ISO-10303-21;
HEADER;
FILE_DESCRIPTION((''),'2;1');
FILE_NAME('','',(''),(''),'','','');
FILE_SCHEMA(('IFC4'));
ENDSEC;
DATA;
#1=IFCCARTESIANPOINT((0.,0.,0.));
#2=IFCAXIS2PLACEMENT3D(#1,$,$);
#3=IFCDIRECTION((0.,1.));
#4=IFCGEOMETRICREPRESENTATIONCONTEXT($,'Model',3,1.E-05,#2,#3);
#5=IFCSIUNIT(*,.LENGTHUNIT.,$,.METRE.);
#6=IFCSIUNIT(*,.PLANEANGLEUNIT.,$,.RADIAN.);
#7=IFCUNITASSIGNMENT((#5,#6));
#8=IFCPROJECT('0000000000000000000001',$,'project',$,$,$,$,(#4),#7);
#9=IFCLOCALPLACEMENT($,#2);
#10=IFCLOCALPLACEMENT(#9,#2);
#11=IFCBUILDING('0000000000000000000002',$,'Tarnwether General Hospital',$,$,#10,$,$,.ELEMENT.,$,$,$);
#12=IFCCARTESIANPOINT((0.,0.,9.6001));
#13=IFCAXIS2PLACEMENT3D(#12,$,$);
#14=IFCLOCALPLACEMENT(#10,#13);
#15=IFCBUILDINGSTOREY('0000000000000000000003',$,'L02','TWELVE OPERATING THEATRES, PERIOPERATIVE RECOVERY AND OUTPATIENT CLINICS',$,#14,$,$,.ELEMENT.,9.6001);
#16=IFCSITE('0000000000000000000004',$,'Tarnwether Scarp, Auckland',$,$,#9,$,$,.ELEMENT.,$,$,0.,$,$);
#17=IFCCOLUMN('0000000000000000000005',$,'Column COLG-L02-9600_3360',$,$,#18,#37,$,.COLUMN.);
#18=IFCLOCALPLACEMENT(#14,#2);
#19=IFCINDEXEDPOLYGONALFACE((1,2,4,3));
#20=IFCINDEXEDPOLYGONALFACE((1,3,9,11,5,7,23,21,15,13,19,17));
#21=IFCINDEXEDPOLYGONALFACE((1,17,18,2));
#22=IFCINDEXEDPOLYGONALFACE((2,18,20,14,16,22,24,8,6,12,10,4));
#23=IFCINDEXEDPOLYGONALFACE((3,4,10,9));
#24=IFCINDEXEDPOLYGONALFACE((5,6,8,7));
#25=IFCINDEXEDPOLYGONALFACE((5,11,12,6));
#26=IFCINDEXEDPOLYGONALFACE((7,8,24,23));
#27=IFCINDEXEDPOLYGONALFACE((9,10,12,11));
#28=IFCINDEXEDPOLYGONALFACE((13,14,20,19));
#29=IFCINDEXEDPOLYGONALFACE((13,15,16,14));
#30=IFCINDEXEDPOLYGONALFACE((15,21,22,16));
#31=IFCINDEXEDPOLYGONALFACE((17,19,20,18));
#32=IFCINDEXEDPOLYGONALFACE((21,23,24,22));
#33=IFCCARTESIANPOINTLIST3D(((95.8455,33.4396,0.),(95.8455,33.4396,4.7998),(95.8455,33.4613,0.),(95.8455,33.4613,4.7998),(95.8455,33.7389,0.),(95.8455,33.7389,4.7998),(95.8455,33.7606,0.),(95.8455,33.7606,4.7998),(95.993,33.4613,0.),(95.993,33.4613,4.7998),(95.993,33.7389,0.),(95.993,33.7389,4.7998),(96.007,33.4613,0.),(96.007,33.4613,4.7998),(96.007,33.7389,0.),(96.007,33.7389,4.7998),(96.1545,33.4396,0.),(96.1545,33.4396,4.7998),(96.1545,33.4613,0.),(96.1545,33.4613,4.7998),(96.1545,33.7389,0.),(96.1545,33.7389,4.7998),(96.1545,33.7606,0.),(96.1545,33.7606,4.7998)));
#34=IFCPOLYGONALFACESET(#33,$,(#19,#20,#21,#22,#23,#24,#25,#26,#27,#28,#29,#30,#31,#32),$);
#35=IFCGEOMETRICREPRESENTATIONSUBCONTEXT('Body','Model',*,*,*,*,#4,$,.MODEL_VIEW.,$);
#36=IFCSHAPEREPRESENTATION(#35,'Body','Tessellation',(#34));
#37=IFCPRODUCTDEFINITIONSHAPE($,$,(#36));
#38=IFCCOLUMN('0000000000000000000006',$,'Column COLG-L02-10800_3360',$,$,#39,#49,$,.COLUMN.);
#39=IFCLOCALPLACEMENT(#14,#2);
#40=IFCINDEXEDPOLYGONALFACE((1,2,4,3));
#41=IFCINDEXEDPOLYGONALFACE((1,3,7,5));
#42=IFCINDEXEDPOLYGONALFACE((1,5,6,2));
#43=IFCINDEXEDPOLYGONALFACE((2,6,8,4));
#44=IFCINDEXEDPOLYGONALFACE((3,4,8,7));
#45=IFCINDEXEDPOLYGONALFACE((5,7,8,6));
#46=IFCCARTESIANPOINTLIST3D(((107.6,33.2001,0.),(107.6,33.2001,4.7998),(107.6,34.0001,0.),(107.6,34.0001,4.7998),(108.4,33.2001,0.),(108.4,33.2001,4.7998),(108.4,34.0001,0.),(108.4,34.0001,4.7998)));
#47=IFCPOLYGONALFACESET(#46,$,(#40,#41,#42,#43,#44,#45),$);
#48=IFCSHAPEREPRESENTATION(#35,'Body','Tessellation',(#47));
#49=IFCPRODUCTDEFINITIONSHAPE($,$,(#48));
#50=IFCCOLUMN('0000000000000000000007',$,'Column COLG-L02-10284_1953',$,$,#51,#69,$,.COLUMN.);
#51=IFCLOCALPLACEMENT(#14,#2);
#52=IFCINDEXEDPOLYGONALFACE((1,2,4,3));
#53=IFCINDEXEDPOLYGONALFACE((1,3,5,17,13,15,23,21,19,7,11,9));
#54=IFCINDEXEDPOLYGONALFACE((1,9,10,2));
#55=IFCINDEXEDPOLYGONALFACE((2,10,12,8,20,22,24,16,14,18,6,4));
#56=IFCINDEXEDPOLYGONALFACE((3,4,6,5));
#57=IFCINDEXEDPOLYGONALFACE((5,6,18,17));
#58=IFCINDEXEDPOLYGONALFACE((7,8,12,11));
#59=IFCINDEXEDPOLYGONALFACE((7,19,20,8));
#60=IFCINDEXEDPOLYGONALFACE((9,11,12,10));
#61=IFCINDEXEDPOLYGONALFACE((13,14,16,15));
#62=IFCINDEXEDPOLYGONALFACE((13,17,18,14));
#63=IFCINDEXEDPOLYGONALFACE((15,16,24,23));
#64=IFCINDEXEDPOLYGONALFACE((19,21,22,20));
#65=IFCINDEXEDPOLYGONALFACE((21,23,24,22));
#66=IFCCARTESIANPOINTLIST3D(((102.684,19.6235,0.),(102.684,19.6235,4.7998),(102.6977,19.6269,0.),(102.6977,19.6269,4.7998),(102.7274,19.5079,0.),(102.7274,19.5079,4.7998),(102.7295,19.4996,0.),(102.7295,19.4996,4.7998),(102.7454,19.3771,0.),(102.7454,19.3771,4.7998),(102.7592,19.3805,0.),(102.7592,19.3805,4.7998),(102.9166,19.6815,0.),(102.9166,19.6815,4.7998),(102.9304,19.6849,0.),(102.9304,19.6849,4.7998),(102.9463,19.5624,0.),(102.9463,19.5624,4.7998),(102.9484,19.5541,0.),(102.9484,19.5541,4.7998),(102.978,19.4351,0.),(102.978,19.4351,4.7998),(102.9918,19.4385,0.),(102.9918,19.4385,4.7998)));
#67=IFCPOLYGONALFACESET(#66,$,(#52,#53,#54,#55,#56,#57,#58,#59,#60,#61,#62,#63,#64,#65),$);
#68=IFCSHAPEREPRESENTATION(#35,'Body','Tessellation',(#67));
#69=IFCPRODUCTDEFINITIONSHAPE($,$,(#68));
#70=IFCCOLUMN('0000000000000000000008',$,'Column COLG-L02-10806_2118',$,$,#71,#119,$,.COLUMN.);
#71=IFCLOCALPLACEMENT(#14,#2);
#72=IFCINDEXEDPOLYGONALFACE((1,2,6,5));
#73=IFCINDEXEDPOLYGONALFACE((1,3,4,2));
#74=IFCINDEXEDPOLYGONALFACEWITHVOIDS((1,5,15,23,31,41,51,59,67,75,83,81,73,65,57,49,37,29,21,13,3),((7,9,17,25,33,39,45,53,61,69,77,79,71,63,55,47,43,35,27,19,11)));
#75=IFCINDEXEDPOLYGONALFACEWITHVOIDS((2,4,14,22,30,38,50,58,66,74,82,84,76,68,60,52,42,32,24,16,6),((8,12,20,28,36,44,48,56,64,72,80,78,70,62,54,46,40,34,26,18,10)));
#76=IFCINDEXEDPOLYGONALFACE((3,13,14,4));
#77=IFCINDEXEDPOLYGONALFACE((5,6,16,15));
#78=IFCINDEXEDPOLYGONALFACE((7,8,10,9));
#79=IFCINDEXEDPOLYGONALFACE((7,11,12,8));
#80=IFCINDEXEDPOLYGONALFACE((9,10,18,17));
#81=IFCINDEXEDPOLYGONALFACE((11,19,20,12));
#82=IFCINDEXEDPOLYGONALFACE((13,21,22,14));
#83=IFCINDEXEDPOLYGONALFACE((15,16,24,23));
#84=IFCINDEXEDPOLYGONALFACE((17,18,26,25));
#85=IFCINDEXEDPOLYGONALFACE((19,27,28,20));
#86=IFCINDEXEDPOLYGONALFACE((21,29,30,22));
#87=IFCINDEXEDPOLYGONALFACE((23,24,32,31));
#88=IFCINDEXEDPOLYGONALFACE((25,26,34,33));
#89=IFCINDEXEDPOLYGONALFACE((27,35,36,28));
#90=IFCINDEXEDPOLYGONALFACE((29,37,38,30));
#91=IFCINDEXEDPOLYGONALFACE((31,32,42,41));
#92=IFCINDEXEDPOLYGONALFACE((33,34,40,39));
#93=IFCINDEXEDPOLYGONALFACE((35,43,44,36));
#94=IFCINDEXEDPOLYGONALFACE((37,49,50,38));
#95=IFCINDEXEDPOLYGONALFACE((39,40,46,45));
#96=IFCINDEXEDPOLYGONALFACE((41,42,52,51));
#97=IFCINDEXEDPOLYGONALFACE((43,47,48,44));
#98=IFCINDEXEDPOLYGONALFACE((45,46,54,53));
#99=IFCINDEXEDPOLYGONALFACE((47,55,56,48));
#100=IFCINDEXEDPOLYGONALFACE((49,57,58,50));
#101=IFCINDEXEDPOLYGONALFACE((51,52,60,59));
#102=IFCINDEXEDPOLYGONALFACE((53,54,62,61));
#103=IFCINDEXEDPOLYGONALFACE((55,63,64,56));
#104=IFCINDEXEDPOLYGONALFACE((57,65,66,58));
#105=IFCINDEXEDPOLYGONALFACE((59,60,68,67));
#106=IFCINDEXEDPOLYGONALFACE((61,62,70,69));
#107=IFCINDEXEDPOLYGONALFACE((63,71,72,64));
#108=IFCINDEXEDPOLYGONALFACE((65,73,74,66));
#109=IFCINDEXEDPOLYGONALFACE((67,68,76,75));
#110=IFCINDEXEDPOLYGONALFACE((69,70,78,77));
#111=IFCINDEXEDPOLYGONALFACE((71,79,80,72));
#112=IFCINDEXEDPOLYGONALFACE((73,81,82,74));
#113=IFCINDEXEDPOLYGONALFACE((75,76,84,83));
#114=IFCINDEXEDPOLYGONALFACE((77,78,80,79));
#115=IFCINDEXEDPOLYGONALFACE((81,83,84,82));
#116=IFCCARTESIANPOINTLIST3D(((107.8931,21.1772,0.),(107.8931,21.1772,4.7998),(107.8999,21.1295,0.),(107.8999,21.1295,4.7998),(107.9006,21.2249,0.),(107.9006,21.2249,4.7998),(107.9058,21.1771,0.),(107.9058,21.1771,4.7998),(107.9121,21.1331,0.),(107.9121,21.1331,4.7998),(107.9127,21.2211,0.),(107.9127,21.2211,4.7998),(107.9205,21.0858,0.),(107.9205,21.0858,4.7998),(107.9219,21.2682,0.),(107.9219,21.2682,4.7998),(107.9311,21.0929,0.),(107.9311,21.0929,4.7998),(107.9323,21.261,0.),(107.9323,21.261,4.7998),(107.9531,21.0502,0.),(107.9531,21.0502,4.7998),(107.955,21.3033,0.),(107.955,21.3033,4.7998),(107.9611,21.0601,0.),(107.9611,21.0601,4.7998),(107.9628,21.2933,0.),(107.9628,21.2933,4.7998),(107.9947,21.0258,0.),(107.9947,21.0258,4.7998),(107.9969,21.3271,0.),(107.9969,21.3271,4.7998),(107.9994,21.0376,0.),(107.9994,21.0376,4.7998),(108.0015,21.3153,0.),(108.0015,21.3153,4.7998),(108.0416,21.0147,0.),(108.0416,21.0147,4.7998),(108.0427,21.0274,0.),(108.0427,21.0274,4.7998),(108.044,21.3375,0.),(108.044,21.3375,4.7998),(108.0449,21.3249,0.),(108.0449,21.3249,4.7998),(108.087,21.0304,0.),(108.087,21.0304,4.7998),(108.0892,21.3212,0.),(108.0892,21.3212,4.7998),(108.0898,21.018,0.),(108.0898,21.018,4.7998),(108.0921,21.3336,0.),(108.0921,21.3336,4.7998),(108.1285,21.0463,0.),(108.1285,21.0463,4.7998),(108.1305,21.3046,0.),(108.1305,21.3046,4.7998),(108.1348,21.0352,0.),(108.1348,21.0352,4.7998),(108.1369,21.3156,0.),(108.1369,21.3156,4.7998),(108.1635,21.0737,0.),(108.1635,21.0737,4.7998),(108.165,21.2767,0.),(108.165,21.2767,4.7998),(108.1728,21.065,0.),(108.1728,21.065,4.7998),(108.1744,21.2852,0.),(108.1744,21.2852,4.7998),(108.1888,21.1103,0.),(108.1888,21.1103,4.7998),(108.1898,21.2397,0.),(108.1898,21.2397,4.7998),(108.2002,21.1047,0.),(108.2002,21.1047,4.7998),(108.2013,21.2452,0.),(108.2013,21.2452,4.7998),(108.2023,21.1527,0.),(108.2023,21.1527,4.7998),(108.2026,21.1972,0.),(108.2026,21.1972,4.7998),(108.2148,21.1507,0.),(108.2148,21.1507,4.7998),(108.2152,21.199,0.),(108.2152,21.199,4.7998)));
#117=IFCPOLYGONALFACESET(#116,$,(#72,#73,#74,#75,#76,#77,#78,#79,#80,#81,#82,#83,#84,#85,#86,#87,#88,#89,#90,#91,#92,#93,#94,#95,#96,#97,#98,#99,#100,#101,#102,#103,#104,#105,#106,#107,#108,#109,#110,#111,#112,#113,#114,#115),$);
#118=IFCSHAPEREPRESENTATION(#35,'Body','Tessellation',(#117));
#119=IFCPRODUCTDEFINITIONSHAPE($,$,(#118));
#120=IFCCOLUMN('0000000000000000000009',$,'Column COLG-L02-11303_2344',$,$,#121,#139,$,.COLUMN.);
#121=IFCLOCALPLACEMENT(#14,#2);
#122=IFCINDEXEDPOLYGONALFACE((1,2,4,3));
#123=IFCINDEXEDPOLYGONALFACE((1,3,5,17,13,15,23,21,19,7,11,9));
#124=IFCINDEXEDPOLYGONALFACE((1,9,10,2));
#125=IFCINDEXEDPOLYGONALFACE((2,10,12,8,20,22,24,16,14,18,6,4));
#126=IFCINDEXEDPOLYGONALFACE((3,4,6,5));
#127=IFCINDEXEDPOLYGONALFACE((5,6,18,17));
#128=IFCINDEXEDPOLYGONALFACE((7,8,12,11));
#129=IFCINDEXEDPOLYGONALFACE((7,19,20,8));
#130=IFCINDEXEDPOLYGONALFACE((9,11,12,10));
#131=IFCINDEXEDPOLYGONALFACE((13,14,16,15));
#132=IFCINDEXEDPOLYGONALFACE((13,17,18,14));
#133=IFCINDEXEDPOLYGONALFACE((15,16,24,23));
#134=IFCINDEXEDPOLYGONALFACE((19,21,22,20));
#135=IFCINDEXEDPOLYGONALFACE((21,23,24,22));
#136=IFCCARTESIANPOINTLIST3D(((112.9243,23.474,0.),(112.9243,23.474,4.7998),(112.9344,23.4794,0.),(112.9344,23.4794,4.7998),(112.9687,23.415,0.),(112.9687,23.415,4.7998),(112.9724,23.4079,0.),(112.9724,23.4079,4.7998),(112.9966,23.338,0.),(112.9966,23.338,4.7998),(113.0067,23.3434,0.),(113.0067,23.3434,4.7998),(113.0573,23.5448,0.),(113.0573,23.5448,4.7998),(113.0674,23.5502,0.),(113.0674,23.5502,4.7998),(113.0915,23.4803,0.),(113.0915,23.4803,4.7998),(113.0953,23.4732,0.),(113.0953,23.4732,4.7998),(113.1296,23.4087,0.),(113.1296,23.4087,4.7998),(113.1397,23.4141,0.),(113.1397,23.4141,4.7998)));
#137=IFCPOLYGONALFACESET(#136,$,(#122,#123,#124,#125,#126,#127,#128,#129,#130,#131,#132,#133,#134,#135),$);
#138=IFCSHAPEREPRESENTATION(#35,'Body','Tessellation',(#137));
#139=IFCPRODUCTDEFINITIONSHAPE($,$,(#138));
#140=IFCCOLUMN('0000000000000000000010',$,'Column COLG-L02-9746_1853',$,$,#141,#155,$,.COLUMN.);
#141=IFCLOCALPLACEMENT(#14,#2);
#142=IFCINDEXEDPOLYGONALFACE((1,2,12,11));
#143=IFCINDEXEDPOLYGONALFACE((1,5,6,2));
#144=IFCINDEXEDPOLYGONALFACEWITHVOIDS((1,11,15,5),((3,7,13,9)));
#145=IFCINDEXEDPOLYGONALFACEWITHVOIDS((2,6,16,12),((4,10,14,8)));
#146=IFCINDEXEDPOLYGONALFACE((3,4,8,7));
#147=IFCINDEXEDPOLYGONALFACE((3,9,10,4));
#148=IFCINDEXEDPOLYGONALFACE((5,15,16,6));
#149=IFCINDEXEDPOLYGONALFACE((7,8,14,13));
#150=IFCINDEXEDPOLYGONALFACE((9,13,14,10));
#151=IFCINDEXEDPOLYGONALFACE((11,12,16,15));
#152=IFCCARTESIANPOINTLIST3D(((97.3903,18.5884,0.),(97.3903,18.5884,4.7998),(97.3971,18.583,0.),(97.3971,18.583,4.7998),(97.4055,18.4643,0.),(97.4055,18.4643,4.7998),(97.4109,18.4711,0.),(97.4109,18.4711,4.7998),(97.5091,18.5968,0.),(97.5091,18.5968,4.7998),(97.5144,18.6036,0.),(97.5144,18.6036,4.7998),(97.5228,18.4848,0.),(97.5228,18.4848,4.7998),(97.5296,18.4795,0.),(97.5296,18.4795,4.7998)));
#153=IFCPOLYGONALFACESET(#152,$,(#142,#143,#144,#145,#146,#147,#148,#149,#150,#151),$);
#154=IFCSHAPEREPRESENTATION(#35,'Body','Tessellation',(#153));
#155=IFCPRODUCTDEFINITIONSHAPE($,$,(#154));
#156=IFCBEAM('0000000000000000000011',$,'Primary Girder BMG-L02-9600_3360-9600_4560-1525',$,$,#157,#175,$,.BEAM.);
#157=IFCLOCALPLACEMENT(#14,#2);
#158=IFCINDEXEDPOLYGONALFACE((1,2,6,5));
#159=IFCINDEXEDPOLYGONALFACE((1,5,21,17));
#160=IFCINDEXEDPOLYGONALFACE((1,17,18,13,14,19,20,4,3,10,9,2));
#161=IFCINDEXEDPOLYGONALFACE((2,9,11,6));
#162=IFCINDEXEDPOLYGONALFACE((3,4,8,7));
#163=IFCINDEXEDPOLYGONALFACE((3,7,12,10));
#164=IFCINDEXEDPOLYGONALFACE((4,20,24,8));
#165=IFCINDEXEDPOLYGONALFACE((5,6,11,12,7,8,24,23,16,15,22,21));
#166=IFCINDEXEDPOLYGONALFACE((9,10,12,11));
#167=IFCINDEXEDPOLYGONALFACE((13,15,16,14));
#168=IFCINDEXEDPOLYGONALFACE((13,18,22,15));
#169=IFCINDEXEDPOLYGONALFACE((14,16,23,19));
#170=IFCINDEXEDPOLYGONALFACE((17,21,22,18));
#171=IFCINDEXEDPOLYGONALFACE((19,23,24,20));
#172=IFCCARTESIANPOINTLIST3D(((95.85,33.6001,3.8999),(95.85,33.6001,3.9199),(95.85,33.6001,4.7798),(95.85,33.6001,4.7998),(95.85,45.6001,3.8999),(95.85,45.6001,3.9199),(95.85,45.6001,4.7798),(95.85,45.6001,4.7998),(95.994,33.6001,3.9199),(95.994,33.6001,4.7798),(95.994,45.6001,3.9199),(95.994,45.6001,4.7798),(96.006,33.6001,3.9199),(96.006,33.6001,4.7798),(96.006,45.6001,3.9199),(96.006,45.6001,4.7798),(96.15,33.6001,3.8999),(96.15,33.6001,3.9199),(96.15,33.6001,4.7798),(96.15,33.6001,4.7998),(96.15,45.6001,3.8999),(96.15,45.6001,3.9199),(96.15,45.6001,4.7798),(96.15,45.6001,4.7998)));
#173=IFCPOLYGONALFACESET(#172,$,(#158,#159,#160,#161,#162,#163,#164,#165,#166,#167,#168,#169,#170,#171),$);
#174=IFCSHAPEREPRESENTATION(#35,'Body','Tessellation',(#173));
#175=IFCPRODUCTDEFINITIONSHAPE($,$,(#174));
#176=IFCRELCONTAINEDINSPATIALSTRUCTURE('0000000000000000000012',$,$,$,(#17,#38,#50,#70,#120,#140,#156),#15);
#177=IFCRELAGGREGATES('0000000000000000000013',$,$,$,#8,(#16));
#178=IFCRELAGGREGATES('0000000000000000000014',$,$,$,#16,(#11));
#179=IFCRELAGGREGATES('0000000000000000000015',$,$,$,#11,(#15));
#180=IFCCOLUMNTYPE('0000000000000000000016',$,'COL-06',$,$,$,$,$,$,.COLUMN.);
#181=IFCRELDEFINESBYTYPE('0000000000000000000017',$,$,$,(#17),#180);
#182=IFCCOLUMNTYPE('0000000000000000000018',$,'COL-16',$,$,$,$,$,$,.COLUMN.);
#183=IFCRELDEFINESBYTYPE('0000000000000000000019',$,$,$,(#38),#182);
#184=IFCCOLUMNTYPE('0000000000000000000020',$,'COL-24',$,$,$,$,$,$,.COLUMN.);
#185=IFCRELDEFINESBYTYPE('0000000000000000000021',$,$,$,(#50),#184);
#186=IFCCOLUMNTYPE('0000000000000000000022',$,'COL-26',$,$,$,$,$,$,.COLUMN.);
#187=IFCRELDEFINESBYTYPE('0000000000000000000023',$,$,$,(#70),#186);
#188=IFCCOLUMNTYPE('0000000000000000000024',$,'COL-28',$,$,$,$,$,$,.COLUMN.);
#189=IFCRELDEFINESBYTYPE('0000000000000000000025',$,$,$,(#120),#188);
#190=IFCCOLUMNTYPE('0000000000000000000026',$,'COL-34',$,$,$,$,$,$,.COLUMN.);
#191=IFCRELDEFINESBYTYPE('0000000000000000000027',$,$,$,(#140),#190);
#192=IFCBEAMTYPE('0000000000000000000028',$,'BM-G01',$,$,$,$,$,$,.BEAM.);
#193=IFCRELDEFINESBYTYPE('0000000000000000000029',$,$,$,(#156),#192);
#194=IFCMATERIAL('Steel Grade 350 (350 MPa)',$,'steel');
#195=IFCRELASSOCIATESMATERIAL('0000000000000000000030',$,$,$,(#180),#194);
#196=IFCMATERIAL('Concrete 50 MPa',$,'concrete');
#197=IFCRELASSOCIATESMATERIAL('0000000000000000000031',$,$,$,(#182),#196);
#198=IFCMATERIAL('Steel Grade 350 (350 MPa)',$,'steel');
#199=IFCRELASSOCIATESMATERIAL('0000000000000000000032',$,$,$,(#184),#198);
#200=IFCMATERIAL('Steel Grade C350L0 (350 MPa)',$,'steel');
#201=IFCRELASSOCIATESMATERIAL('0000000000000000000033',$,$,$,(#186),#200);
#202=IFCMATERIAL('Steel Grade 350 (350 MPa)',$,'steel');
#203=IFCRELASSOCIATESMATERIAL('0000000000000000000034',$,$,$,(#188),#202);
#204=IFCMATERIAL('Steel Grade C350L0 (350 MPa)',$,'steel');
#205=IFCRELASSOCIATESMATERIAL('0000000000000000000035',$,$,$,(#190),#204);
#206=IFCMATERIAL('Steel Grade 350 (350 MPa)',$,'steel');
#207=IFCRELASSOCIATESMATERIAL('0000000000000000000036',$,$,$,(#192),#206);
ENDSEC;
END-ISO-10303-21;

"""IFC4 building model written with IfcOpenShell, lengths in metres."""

from ifc_helpers import new_model, si_unit, direction, frame, origin, origin_2d, place, context, subcontext, project, spatial, rectangle, hollow_rectangle, hollow_circle, i_section, extrude, material, material_profile, profile_set, type_object, element, save


model = new_model("IFC4")

# Units and contexts
model_context = context("Model", 3, precision=1e-05, world=origin(), true_north=direction((0.0, 1.0)))
body_context = subcontext(model_context, "Body", "Model", "MODEL_VIEW")
ifc_project = project(units=[si_unit("LENGTHUNIT", "METRE"), si_unit("PLANEANGLEUNIT", "RADIAN")], contexts=[model_context])

# Site, building, storey
site_placement = place(None, origin())
site = spatial("IfcSite", under=ifc_project, at=site_placement, Name="Tarnwether Scarp, Auckland", CompositionType="ELEMENT", RefElevation=0.0)
building_placement = place(site_placement, origin())
building = spatial("IfcBuilding", under=site, at=building_placement, Name="Tarnwether General Hospital", CompositionType="ELEMENT")
storey_placement = place(building_placement, frame((0.0, 0.0, 9.6001)))
storey = spatial("IfcBuildingStorey", under=building, at=storey_placement, Name="L02", Description="TWELVE OPERATING THEATRES, PERIOPERATIVE RECOVERY AND OUTPATIENT CLINICS", CompositionType="ELEMENT", Elevation=9.6001)

# Columns
ifc_material_1 = material(Name="Steel Grade 350 (350 MPa)", Category="steel")
ifc_material_profile_1 = material_profile(ifc_material_1, i_section(OverallWidth=0.3091, OverallDepth=0.321, WebThickness=0.0139, FlangeThickness=0.0217, at=origin_2d()), Name="310UC137")
ifc_profile_set_1 = profile_set([ifc_material_profile_1], Name="Steel Grade 350 (350 MPa)")
column_type_1 = type_object("IfcColumnType", Name="COL-06", PredefinedType="COLUMN", material=ifc_profile_set_1)
column_1_placement = place(storey_placement, frame((96.0, 33.6001, 0.0), z_axis=(0.0, 0.0, 1.0), x_axis=(1.0, 0.0, 0.0)))
element("IfcColumn", 1, at=column_1_placement, inside=storey, type_object=column_type_1, Name="Column COLG-L02-9600_3360", PredefinedType="COLUMN", context=body_context, shape_type="SweptSolid", body=[
    extrude(i_section(OverallWidth=0.3091, OverallDepth=0.321, WebThickness=0.0139, FlangeThickness=0.0217, at=origin_2d()), origin(), (0.0, 0.0, 1.0), 4.7998),
])
ifc_material_2 = material(Name="Concrete 50 MPa", Category="concrete")
ifc_material_profile_2 = material_profile(ifc_material_2, rectangle(XDim=0.8, YDim=0.8, at=origin_2d()), Name="RC-COL-800x800")
ifc_profile_set_2 = profile_set([ifc_material_profile_2], Name="Concrete 50 MPa")
column_type_2 = type_object("IfcColumnType", Name="COL-16", PredefinedType="COLUMN", material=ifc_profile_set_2)
column_2_placement = place(storey_placement, frame((108.0, 33.6001, 0.0), z_axis=(0.0, 0.0, 1.0), x_axis=(0.0, 1.0, 0.0)))
element("IfcColumn", 2, at=column_2_placement, inside=storey, type_object=column_type_2, Name="Column COLG-L02-10800_3360", PredefinedType="COLUMN", context=body_context, shape_type="SweptSolid", body=[
    extrude(rectangle(XDim=0.8, YDim=0.8, at=origin_2d()), origin(), (0.0, 0.0, 1.0), 4.7998),
])
ifc_material_3 = material(Name="Steel Grade 350 (350 MPa)", Category="steel")
ifc_material_profile_3 = material_profile(ifc_material_3, i_section(OverallWidth=0.2539, OverallDepth=0.2539, WebThickness=0.0085, FlangeThickness=0.0142, at=origin_2d()), Name="250UC72.9")
ifc_profile_set_3 = profile_set([ifc_material_profile_3], Name="Steel Grade 350 (350 MPa)")
column_type_3 = type_object("IfcColumnType", Name="COL-24", PredefinedType="COLUMN", material=ifc_profile_set_3)
column_3_placement = place(storey_placement, frame((102.8379, 19.531, 0.0), z_axis=(0.0, 0.0, 1.0), x_axis=(-0.241922, 0.970296, 0.0)))
element("IfcColumn", 3, at=column_3_placement, inside=storey, type_object=column_type_3, Name="Column COLG-L02-10284_1953", PredefinedType="COLUMN", context=body_context, shape_type="SweptSolid", body=[
    extrude(i_section(OverallWidth=0.2539, OverallDepth=0.2539, WebThickness=0.0085, FlangeThickness=0.0142, at=origin_2d()), origin(), (0.0, 0.0, 1.0), 4.7998),
])
ifc_material_4 = material(Name="Steel Grade C350L0 (350 MPa)", Category="steel")
ifc_material_profile_4 = material_profile(ifc_material_4, hollow_circle(Radius=0.1619, WallThickness=0.0127, at=origin_2d()), Name="CHS323.9x12.7")
ifc_profile_set_4 = profile_set([ifc_material_profile_4], Name="Steel Grade C350L0 (350 MPa)")
column_type_4 = type_object("IfcColumnType", Name="COL-26", PredefinedType="COLUMN", material=ifc_profile_set_4)
column_4_placement = place(storey_placement, frame((108.0549, 21.176, 0.0), z_axis=(0.0, 0.0, 1.0), x_axis=(-0.358368, 0.93358, 0.0)))
element("IfcColumn", 4, at=column_4_placement, inside=storey, type_object=column_type_4, Name="Column COLG-L02-10806_2118", PredefinedType="COLUMN", context=body_context, shape_type="SweptSolid", body=[
    extrude(hollow_circle(Radius=0.1619, WallThickness=0.0127, at=origin_2d()), origin(), (0.0, 0.0, 1.0), 4.7998),
])
ifc_material_5 = material(Name="Steel Grade 350 (350 MPa)", Category="steel")
ifc_material_profile_5 = material_profile(ifc_material_5, i_section(OverallWidth=0.1541, OverallDepth=0.1621, WebThickness=0.0081, FlangeThickness=0.0115, at=origin_2d()), Name="150UC37.2")
ifc_profile_set_5 = profile_set([ifc_material_profile_5], Name="Steel Grade 350 (350 MPa)")
column_type_5 = type_object("IfcColumnType", Name="COL-28", PredefinedType="COLUMN", material=ifc_profile_set_5)
column_5_placement = place(storey_placement, frame((113.032, 23.4441, 0.0), z_axis=(0.0, 0.0, 1.0), x_axis=(-0.469472, 0.882948, 0.0)))
element("IfcColumn", 5, at=column_5_placement, inside=storey, type_object=column_type_5, Name="Column COLG-L02-11303_2344", PredefinedType="COLUMN", context=body_context, shape_type="SweptSolid", body=[
    extrude(i_section(OverallWidth=0.1541, OverallDepth=0.1621, WebThickness=0.0081, FlangeThickness=0.0115, at=origin_2d()), origin(), (0.0, 0.0, 1.0), 4.7998),
])
ifc_material_6 = material(Name="Steel Grade C350L0 (350 MPa)", Category="steel")
ifc_material_profile_6 = material_profile(ifc_material_6, hollow_rectangle(XDim=0.125, YDim=0.125, WallThickness=0.0061, at=origin_2d()), Name="SHS125x125x6")
ifc_profile_set_6 = profile_set([ifc_material_profile_6], Name="Steel Grade C350L0 (350 MPa)")
column_type_6 = type_object("IfcColumnType", Name="COL-34", PredefinedType="COLUMN", material=ifc_profile_set_6)
column_6_placement = place(storey_placement, frame((97.46, 18.5339, 0.0), z_axis=(0.0, 0.0, 1.0), x_axis=(-0.121869, 0.992546, 0.0)))
element("IfcColumn", 6, at=column_6_placement, inside=storey, type_object=column_type_6, Name="Column COLG-L02-9746_1853", PredefinedType="COLUMN", context=body_context, shape_type="SweptSolid", body=[
    extrude(hollow_rectangle(XDim=0.125, YDim=0.125, WallThickness=0.0061, at=origin_2d()), origin(), (0.0, 0.0, 1.0), 4.7998),
])

# Beam
ifc_material_7 = material(Name="Steel Grade 350 (350 MPa)", Category="steel")
ifc_material_profile_7 = material_profile(ifc_material_7, i_section(OverallWidth=0.3, OverallDepth=0.8999, WebThickness=0.012, FlangeThickness=0.02, at=origin_2d()), Name="900WB175")
ifc_profile_set_7 = profile_set([ifc_material_profile_7], Name="Steel Grade 350 (350 MPa)")
beam_type_1 = type_object("IfcBeamType", Name="BM-G01", PredefinedType="BEAM", material=ifc_profile_set_7)
beam_1_placement = place(storey_placement, frame((96.0, 33.6001, 4.3499), z_axis=(0.0, 1.0, 0.0), x_axis=(-1.0, 0.0, 0.0)))
element("IfcBeam", 7, at=beam_1_placement, inside=storey, type_object=beam_type_1, Name="Primary Girder BMG-L02-9600_3360-9600_4560-1525", PredefinedType="BEAM", context=body_context, shape_type="SweptSolid", body=[
    extrude(i_section(OverallWidth=0.3, OverallDepth=0.8999, WebThickness=0.012, FlangeThickness=0.02, at=origin_2d()), origin(), (0.0, 0.0, 1.0), 12.0),
])

save(model, "model.ifc")
